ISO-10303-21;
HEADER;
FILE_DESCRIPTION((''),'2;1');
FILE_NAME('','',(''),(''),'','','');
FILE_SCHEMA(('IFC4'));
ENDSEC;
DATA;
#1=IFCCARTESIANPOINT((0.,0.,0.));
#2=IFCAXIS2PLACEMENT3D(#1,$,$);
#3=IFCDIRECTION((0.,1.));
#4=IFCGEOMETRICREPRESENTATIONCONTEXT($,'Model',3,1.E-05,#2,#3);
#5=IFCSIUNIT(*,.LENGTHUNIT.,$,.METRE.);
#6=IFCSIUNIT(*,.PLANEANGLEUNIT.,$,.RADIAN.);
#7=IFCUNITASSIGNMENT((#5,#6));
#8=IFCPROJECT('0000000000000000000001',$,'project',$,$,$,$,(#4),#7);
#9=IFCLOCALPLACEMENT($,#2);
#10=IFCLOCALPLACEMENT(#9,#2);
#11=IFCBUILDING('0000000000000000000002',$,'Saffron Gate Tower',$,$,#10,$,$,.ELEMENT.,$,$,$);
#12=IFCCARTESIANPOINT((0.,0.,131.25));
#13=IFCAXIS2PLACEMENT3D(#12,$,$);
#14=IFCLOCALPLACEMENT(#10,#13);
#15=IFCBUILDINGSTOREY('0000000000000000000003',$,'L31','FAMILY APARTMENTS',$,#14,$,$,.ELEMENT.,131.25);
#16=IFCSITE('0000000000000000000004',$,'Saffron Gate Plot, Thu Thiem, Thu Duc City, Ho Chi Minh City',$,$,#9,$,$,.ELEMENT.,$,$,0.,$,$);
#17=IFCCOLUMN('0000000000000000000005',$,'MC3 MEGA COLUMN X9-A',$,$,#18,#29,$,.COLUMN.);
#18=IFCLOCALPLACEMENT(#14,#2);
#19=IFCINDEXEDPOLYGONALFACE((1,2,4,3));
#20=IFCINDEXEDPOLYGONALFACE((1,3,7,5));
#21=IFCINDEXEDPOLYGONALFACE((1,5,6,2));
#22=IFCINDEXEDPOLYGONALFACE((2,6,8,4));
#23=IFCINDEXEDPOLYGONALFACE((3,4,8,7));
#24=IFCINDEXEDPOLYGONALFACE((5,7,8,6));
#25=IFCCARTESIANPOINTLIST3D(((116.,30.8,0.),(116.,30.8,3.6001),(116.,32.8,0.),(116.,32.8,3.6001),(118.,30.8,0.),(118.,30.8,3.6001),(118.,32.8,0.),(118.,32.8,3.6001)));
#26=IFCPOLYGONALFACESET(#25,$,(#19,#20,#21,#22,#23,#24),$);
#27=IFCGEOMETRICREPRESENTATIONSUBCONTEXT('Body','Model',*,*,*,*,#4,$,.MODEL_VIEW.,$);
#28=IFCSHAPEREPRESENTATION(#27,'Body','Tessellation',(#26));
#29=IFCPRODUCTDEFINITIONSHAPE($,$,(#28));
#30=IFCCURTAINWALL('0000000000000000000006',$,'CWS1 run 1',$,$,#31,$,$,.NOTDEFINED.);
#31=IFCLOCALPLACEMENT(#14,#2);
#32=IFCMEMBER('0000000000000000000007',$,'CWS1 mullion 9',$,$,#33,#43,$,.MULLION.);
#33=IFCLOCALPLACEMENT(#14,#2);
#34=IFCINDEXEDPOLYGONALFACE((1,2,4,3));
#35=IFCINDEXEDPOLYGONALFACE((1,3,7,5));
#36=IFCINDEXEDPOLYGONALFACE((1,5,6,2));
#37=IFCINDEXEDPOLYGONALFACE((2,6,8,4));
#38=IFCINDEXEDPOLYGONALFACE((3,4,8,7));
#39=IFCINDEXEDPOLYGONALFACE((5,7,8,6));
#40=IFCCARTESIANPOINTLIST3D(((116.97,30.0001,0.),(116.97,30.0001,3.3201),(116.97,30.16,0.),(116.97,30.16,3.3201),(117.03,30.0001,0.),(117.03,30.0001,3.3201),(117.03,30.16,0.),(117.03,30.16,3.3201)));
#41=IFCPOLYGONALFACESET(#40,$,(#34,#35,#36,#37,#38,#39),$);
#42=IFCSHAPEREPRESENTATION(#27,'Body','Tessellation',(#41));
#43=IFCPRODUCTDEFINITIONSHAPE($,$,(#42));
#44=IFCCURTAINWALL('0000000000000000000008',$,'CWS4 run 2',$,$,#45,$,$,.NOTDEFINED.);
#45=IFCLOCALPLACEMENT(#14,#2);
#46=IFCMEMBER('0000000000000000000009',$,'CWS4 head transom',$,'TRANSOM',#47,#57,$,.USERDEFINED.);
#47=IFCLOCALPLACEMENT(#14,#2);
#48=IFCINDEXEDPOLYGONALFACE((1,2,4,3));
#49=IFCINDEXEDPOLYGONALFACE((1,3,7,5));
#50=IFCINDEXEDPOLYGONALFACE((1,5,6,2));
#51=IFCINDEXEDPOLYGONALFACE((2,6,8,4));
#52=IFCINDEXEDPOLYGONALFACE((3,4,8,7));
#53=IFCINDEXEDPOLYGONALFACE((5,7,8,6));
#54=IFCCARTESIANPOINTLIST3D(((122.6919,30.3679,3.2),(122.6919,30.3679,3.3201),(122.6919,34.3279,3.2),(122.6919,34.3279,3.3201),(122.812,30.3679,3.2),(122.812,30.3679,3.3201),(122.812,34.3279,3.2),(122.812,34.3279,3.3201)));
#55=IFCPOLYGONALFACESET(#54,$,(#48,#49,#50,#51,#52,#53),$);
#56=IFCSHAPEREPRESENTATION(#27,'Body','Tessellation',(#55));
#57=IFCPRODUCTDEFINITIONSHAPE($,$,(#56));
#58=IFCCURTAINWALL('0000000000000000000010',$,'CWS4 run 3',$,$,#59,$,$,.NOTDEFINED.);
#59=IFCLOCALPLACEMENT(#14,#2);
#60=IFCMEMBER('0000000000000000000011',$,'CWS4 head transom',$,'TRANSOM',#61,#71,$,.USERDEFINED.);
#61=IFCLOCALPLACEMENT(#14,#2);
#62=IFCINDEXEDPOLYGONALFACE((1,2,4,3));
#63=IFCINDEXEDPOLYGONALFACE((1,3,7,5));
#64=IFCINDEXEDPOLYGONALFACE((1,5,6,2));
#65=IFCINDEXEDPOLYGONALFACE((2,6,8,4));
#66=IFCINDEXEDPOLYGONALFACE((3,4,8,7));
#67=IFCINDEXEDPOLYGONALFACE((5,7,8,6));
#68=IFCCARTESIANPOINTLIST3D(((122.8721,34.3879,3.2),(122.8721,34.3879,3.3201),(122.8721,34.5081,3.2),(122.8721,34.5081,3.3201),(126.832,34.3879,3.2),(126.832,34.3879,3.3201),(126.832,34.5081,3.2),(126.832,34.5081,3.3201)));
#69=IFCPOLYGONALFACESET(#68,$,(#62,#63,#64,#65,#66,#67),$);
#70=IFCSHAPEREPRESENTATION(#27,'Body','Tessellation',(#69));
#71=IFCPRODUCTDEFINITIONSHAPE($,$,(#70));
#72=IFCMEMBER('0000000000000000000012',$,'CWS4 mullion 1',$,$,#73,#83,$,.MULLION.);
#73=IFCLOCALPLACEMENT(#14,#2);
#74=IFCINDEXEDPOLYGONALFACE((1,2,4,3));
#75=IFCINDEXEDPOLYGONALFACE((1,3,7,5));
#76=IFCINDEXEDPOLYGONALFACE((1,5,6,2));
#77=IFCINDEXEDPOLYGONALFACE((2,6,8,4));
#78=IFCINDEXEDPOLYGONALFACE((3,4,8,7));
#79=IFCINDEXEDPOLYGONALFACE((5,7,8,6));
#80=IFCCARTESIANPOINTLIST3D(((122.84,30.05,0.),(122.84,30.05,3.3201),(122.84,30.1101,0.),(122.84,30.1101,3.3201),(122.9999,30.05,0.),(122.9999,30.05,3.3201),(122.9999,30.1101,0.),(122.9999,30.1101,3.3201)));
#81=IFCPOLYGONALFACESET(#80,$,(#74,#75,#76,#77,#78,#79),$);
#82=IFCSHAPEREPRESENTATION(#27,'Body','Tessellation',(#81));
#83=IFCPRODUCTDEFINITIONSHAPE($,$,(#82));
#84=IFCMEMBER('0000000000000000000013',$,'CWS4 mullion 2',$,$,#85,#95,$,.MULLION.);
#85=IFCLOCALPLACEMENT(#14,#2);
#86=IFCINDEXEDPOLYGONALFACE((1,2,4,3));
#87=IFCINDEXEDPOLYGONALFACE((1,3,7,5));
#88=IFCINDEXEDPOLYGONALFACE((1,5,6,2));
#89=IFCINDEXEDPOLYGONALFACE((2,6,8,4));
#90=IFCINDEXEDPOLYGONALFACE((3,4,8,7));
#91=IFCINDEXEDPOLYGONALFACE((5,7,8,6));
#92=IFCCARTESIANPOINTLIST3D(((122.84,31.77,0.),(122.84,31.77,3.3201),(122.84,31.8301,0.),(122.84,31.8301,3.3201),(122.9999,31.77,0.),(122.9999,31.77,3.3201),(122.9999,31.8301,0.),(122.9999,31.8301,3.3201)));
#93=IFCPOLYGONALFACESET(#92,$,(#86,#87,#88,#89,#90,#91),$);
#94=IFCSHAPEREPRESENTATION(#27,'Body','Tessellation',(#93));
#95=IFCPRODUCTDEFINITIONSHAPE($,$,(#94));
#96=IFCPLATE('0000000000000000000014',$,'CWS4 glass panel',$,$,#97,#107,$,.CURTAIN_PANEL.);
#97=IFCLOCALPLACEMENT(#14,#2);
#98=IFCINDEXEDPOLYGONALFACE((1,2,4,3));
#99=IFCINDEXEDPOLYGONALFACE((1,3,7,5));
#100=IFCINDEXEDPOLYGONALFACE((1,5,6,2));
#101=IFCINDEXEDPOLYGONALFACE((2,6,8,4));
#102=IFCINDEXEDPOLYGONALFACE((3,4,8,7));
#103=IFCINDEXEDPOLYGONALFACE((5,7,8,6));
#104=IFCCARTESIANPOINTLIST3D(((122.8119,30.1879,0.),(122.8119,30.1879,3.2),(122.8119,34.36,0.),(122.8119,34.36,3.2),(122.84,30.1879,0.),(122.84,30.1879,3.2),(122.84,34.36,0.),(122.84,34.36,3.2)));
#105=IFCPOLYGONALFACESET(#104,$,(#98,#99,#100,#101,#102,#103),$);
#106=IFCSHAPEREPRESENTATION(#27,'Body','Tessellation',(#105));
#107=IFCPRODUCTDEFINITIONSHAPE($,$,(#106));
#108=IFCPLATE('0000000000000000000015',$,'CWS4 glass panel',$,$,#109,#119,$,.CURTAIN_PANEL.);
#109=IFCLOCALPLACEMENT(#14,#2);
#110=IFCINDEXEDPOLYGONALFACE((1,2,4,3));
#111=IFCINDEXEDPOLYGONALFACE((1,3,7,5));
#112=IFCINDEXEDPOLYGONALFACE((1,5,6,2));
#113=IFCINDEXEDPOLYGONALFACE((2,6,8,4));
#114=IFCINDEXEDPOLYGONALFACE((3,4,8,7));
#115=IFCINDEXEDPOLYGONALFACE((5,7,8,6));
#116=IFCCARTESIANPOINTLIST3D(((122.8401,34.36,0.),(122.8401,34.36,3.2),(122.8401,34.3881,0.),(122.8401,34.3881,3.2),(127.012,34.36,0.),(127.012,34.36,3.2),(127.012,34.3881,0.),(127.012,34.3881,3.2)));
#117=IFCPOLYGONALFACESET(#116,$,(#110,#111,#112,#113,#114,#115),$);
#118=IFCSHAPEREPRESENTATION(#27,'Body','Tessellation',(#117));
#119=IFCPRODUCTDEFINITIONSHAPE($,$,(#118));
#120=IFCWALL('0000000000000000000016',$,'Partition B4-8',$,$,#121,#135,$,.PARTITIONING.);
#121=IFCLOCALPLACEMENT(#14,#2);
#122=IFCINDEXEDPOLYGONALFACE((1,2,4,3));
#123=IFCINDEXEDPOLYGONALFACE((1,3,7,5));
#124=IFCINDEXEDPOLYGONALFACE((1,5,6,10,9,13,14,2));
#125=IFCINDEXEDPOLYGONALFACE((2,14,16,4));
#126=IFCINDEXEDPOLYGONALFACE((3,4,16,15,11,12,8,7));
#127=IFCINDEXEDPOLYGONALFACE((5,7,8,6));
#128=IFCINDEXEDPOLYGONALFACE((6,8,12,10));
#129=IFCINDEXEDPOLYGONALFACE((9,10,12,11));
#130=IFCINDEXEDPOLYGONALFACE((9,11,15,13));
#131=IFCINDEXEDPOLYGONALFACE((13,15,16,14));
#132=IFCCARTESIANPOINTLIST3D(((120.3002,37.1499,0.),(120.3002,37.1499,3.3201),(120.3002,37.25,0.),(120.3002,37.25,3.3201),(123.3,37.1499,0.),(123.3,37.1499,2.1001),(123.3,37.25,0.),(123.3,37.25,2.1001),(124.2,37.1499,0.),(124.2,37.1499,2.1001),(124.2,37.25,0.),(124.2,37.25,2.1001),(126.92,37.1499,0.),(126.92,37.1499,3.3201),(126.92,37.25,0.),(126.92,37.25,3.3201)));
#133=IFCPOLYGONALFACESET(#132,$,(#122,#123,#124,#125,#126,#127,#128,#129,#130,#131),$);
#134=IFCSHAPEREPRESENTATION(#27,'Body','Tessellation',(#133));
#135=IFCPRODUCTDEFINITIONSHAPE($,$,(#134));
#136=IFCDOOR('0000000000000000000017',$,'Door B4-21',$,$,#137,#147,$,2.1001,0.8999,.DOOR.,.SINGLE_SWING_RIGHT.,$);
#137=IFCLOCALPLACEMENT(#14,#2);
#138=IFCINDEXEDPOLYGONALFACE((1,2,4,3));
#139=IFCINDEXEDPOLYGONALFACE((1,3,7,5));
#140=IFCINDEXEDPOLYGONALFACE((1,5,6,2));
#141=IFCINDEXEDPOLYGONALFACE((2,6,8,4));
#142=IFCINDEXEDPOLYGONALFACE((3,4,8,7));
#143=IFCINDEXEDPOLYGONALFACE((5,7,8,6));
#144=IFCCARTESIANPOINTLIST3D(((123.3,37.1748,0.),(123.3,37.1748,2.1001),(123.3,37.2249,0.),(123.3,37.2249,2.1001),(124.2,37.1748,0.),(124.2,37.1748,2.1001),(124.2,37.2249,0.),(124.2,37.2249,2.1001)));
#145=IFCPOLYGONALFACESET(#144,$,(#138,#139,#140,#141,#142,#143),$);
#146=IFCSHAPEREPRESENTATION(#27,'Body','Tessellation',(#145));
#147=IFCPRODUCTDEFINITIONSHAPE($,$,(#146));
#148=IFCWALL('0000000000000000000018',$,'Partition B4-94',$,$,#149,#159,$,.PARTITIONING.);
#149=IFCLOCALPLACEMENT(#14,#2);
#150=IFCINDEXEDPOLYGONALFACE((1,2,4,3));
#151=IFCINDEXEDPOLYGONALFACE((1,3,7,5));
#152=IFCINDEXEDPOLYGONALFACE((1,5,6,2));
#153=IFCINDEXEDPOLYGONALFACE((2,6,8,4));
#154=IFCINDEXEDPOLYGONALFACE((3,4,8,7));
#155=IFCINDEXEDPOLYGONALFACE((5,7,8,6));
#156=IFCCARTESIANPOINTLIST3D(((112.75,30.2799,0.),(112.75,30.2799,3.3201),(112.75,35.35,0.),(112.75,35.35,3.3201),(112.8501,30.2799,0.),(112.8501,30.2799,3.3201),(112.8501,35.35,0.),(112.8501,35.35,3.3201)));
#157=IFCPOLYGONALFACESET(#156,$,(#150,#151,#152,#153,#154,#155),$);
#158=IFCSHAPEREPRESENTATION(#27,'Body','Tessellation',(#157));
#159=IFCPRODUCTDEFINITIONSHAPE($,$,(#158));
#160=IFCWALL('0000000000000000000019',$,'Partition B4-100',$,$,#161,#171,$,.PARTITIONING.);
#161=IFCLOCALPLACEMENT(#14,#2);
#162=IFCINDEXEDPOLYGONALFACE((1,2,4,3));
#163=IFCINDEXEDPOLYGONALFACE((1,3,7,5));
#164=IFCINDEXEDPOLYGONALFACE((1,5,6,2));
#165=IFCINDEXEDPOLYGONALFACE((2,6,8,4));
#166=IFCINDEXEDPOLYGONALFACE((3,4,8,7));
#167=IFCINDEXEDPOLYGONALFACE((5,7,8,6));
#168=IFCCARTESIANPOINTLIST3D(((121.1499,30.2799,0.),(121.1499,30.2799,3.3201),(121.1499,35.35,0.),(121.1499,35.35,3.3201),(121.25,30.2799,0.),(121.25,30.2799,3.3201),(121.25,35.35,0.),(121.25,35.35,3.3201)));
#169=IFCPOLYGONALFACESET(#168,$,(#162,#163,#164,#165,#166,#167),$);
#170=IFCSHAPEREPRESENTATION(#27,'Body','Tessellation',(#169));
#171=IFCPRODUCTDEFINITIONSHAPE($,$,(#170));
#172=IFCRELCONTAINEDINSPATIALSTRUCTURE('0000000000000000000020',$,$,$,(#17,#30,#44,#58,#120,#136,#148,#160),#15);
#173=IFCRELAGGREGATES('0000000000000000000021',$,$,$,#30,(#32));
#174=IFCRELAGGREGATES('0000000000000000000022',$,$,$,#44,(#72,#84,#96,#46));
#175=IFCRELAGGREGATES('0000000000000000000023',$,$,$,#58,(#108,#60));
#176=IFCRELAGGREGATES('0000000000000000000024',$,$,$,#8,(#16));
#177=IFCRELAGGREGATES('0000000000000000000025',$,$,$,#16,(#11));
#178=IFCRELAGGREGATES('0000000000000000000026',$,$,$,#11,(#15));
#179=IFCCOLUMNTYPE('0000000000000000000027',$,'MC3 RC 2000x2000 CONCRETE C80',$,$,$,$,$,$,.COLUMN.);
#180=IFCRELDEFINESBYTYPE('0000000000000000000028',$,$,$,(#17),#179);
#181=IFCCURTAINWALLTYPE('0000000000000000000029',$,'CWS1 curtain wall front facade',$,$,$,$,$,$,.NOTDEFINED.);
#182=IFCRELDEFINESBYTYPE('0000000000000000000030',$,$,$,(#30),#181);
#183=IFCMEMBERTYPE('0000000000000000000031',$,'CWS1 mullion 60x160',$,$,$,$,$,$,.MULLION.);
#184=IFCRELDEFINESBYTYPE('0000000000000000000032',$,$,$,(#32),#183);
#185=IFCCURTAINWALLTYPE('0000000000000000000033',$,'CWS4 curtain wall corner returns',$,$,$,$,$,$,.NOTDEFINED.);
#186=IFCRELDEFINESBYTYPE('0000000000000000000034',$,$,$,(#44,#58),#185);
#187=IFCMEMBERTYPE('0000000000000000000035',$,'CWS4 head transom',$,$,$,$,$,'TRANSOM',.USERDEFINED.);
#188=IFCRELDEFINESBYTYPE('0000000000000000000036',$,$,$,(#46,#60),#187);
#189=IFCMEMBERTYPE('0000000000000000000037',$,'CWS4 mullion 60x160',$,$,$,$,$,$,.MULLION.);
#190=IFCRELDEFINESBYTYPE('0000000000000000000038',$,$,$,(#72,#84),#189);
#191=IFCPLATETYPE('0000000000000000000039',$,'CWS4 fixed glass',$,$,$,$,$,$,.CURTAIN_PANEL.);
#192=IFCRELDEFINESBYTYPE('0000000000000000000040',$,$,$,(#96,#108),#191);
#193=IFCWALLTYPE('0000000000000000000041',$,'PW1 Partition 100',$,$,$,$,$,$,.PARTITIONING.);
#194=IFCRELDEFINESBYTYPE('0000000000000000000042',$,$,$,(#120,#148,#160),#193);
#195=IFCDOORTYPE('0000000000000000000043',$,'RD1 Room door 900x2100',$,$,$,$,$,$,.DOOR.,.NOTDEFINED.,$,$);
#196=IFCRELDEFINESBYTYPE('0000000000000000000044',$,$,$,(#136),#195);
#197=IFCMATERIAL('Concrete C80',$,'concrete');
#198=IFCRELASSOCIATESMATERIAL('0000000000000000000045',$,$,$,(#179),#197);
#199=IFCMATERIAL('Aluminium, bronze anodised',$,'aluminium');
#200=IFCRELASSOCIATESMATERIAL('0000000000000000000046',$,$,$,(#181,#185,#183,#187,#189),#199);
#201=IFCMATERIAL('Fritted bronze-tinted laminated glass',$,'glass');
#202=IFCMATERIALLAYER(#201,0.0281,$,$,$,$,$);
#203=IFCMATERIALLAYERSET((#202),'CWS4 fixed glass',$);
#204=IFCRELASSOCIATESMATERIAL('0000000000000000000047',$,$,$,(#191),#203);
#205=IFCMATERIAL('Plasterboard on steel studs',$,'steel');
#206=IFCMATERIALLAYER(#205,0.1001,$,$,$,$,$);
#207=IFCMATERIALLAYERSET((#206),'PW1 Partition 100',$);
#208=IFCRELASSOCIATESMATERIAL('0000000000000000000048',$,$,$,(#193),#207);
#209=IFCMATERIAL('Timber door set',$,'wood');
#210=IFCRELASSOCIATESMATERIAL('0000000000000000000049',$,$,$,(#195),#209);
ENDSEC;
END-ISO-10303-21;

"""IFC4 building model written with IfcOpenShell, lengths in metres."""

from ifc_helpers import new_model, si_unit, direction, frame, frame_2d, origin, origin_2d, place, context, subcontext, project, spatial, rectangle, extrude, material, layer, layer_set, material_profile, profile_set, type_object, element, fill, aggregate, save


model = new_model("IFC4")

# Units and contexts
model_context = context("Model", 3, precision=1e-05, world=origin(), true_north=direction((0.0, 1.0)))
body_context = subcontext(model_context, "Body", "Model", "MODEL_VIEW")
ifc_project = project(units=[si_unit("LENGTHUNIT", "METRE"), si_unit("PLANEANGLEUNIT", "RADIAN")], contexts=[model_context])

# Site, building, storey
site_placement = place(None, origin())
site = spatial("IfcSite", under=ifc_project, at=site_placement, Name="Saffron Gate Plot, Thu Thiem, Thu Duc City, Ho Chi Minh City", CompositionType="ELEMENT", RefElevation=0.0)
building_placement = place(site_placement, origin())
building = spatial("IfcBuilding", under=site, at=building_placement, Name="Saffron Gate Tower", CompositionType="ELEMENT")
storey_placement = place(building_placement, frame((0.0, 0.0, 131.25)))
storey = spatial("IfcBuildingStorey", under=building, at=storey_placement, Name="L31", Description="FAMILY APARTMENTS", CompositionType="ELEMENT", Elevation=131.25)

# Column
ifc_material_1 = material(Name="Concrete C80", Category="concrete")
ifc_material_profile_1 = material_profile(ifc_material_1, rectangle(XDim=2.0, YDim=2.0, at=origin_2d()))
ifc_profile_set_1 = profile_set([ifc_material_profile_1], Name="Concrete C80")
column_type = type_object("IfcColumnType", Name="MC3 RC 2000x2000 CONCRETE C80", PredefinedType="COLUMN", material=ifc_profile_set_1)
column_placement = place(storey_placement, frame((117.0, 31.8, 0.0), z_axis=(0.0, 0.0, 1.0), x_axis=(1.0, 0.0, 0.0)))
element("IfcColumn", 1, at=column_placement, inside=storey, type_object=column_type, Name="MC3 MEGA COLUMN X9-A", PredefinedType="COLUMN", context=body_context, shape_type="SweptSolid", body=[
    extrude(rectangle(XDim=2.0, YDim=2.0, at=origin_2d()), origin(), (0.0, 0.0, 1.0), 3.6001),
])

# Curtain walls, members
ifc_material_2 = material(Name="Aluminium, bronze anodised", Category="aluminium")
curtain_wall_type_1 = type_object("IfcCurtainWallType", Name="CWS1 curtain wall front facade", PredefinedType="NOTDEFINED", material=ifc_material_2)
curtain_wall_1_placement = place(storey_placement, origin())
curtain_wall_1 = element("IfcCurtainWall", 2, at=curtain_wall_1_placement, inside=storey, type_object=curtain_wall_type_1, Name="CWS1 run 1", PredefinedType="NOTDEFINED")
ifc_material_profile_2 = material_profile(ifc_material_2, rectangle(XDim=0.1599, YDim=0.0601, at=origin_2d()))
ifc_profile_set_2 = profile_set([ifc_material_profile_2], Name="Aluminium, bronze anodised")
member_type_1 = type_object("IfcMemberType", Name="CWS1 mullion 60x160", PredefinedType="MULLION", material=ifc_profile_set_2)
member_1_placement = place(storey_placement, frame((117.0, 30.0801, 0.0), z_axis=(0.0, 0.0, 1.0), x_axis=(0.0, 1.0, 0.0)))
member_1 = element("IfcMember", 3, at=member_1_placement, type_object=member_type_1, Name="CWS1 mullion 9", PredefinedType="MULLION", context=body_context, shape_type="SweptSolid", body=[
    extrude(rectangle(XDim=0.1599, YDim=0.0601, at=origin_2d()), origin(), (0.0, 0.0, 1.0), 3.3201),
])
aggregate(curtain_wall_1, [member_1])
curtain_wall_type_2 = type_object("IfcCurtainWallType", Name="CWS4 curtain wall corner returns", PredefinedType="NOTDEFINED", material=ifc_material_2)
curtain_wall_2_placement = place(storey_placement, origin())
curtain_wall_2 = element("IfcCurtainWall", 4, at=curtain_wall_2_placement, inside=storey, type_object=curtain_wall_type_2, Name="CWS4 run 2", PredefinedType="NOTDEFINED")
ifc_material_profile_3 = material_profile(ifc_material_2, rectangle(XDim=0.1201, YDim=0.1201, at=origin_2d()))
ifc_profile_set_3 = profile_set([ifc_material_profile_3], Name="Aluminium, bronze anodised")
member_type_2 = type_object("IfcMemberType", Name="CWS4 head transom", ElementType="TRANSOM", PredefinedType="USERDEFINED", material=ifc_profile_set_3)
member_2_placement = place(storey_placement, frame((122.752, 30.3679, 3.26), z_axis=(0.0, 1.0, 0.0), x_axis=(-1.0, 0.0, 0.0)))
member_2 = element("IfcMember", 5, at=member_2_placement, type_object=member_type_2, Name="CWS4 head transom", ObjectType="TRANSOM", PredefinedType="USERDEFINED", context=body_context, shape_type="SweptSolid", body=[
    extrude(rectangle(XDim=0.1201, YDim=0.1201, at=origin_2d()), origin(), (0.0, 0.0, 1.0), 3.96),
])
curtain_wall_3_placement = place(storey_placement, origin())
curtain_wall_3 = element("IfcCurtainWall", 6, at=curtain_wall_3_placement, inside=storey, type_object=curtain_wall_type_2, Name="CWS4 run 3", PredefinedType="NOTDEFINED")
member_3_placement = place(storey_placement, frame((122.8721, 34.448, 3.26), z_axis=(1.0, 0.0, 0.0), x_axis=(0.0, 1.0, 0.0)))
member_3 = element("IfcMember", 7, at=member_3_placement, type_object=member_type_2, Name="CWS4 head transom", ObjectType="TRANSOM", PredefinedType="USERDEFINED", context=body_context, shape_type="SweptSolid", body=[
    extrude(rectangle(XDim=0.1201, YDim=0.1201, at=origin_2d()), origin(), (0.0, 0.0, 1.0), 3.96),
])

# Members
ifc_material_profile_4 = material_profile(ifc_material_2, rectangle(XDim=0.1599, YDim=0.0601, at=origin_2d()))
ifc_profile_set_4 = profile_set([ifc_material_profile_4], Name="Aluminium, bronze anodised")
member_type_3 = type_object("IfcMemberType", Name="CWS4 mullion 60x160", PredefinedType="MULLION", material=ifc_profile_set_4)
member_4_placement = place(storey_placement, frame((122.9199, 30.0801, 0.0), z_axis=(0.0, 0.0, 1.0), x_axis=(-1.0, 0.0, 0.0)))
member_4 = element("IfcMember", 8, at=member_4_placement, type_object=member_type_3, Name="CWS4 mullion 1", PredefinedType="MULLION", context=body_context, shape_type="SweptSolid", body=[
    extrude(rectangle(XDim=0.1599, YDim=0.0601, at=origin_2d()), origin(), (0.0, 0.0, 1.0), 3.3201),
])
member_5_placement = place(storey_placement, frame((122.9199, 31.8, 0.0), z_axis=(0.0, 0.0, 1.0), x_axis=(-1.0, 0.0, 0.0)))
member_5 = element("IfcMember", 9, at=member_5_placement, type_object=member_type_3, Name="CWS4 mullion 2", PredefinedType="MULLION", context=body_context, shape_type="SweptSolid", body=[
    extrude(rectangle(XDim=0.1599, YDim=0.0601, at=origin_2d()), origin(), (0.0, 0.0, 1.0), 3.3201),
])

# Plates
ifc_material_3 = material(Name="Fritted bronze-tinted laminated glass", Category="glass")
ifc_layer_1 = layer(ifc_material_3, 0.0281)
ifc_layer_set_1 = layer_set([ifc_layer_1], Name="CWS4 fixed glass")
plate_type = type_object("IfcPlateType", Name="CWS4 fixed glass", PredefinedType="CURTAIN_PANEL", material=ifc_layer_set_1)
plate_1_placement = place(storey_placement, frame((122.8259, 30.188, 0.0), z_axis=(0.0, 0.0, 1.0), x_axis=(0.0, 1.0, 0.0)))
plate_1 = element("IfcPlate", 10, at=plate_1_placement, type_object=plate_type, Name="CWS4 glass panel", PredefinedType="CURTAIN_PANEL", context=body_context, shape_type="SweptSolid", body=[
    extrude(rectangle(XDim=4.1721, YDim=0.0281, at=frame_2d((2.0859, 0.0))), origin(), (0.0, 0.0, 1.0), 3.2),
])
aggregate(curtain_wall_2, [member_4, member_5, plate_1, member_2])
plate_2_placement = place(storey_placement, frame((122.8401, 34.374, 0.0), z_axis=(0.0, 0.0, 1.0), x_axis=(1.0, 0.0, 0.0)))
plate_2 = element("IfcPlate", 11, at=plate_2_placement, type_object=plate_type, Name="CWS4 glass panel", PredefinedType="CURTAIN_PANEL", context=body_context, shape_type="SweptSolid", body=[
    extrude(rectangle(XDim=4.1719, YDim=0.0281, at=frame_2d((2.0859, 0.0))), origin(), (0.0, 0.0, 1.0), 3.2),
])
aggregate(curtain_wall_3, [plate_2, member_3])

# Wall, opening, door
ifc_material_4 = material(Name="Plasterboard on steel studs", Category="steel")
ifc_layer_2 = layer(ifc_material_4, 0.1001)
ifc_layer_set_2 = layer_set([ifc_layer_2], Name="PW1 Partition 100")
wall_type = type_object("IfcWallType", Name="PW1 Partition 100", PredefinedType="PARTITIONING", material=ifc_layer_set_2)
wall_placement = place(storey_placement, frame((120.3, 37.2, 0.0), z_axis=(0.0, 0.0, 1.0), x_axis=(1.0, 0.0, 0.0)))
wall = element("IfcWall", 12, at=wall_placement, inside=storey, type_object=wall_type, Name="Partition B4-8", PredefinedType="PARTITIONING", context=body_context, shape_type="SweptSolid", body=[
    extrude(rectangle(XDim=6.6199, YDim=0.1001, at=frame_2d((3.3101, 0.0))), origin(), (0.0, 0.0, 1.0), 3.3201),
])
opening_placement = place(wall_placement, frame((3.0, 0.0, 0.0)))
opening = element("IfcOpeningElement", 13, at=opening_placement, cuts=wall, PredefinedType="OPENING", context=body_context, shape_type="SweptSolid", body=[
    extrude(rectangle(XDim=0.8999, YDim=2.1001, at=frame_2d((0.45, 1.05))), frame((0.0, 0.0601, 0.0), z_axis=(0.0, -1.0, 0.0), x_axis=(1.0, 0.0, 0.0)), (0.0, 0.0, 1.0), 0.1201),
])
ifc_material_5 = material(Name="Timber door set", Category="wood")
door_type = type_object("IfcDoorType", Name="RD1 Room door 900x2100", OperationType="NOTDEFINED", PredefinedType="DOOR", material=ifc_material_5)
door_placement = place(opening_placement, origin())
door = element("IfcDoor", 14, at=door_placement, inside=storey, type_object=door_type, Name="Door B4-21", OperationType="SINGLE_SWING_RIGHT", OverallHeight=2.1001, OverallWidth=0.8999, PredefinedType="DOOR", context=body_context, shape_type="SweptSolid", body=[
    extrude(rectangle(XDim=0.8999, YDim=2.1001, at=frame_2d((0.45, 1.05))), frame((0.0, 0.0249, 0.0), z_axis=(0.0, -1.0, 0.0), x_axis=(1.0, 0.0, 0.0)), (0.0, 0.0, 1.0), 0.05),
])
fill(opening, door)

# Walls
for number, where, z_axis, x_axis, name in (
    (15, (112.8, 35.3501, 0.0), (0.0, 0.0, 1.0), (0.0, -1.0, 0.0), "Partition B4-94"),
    (16, (121.2, 35.3501, 0.0), (0.0, 0.0, 1.0), (0.0, -1.0, 0.0), "Partition B4-100"),
):
    element("IfcWall", number, at=place(storey_placement, frame(where, z_axis=z_axis, x_axis=x_axis)), inside=storey, type_object=wall_type, Name=name, PredefinedType="PARTITIONING", context=body_context, shape_type="SweptSolid", body=[
        extrude(rectangle(XDim=5.0701, YDim=0.1001, at=frame_2d((2.5352, 0.0))), origin(), (0.0, 0.0, 1.0), 3.3201),
    ])

save(model, "model.ifc")
